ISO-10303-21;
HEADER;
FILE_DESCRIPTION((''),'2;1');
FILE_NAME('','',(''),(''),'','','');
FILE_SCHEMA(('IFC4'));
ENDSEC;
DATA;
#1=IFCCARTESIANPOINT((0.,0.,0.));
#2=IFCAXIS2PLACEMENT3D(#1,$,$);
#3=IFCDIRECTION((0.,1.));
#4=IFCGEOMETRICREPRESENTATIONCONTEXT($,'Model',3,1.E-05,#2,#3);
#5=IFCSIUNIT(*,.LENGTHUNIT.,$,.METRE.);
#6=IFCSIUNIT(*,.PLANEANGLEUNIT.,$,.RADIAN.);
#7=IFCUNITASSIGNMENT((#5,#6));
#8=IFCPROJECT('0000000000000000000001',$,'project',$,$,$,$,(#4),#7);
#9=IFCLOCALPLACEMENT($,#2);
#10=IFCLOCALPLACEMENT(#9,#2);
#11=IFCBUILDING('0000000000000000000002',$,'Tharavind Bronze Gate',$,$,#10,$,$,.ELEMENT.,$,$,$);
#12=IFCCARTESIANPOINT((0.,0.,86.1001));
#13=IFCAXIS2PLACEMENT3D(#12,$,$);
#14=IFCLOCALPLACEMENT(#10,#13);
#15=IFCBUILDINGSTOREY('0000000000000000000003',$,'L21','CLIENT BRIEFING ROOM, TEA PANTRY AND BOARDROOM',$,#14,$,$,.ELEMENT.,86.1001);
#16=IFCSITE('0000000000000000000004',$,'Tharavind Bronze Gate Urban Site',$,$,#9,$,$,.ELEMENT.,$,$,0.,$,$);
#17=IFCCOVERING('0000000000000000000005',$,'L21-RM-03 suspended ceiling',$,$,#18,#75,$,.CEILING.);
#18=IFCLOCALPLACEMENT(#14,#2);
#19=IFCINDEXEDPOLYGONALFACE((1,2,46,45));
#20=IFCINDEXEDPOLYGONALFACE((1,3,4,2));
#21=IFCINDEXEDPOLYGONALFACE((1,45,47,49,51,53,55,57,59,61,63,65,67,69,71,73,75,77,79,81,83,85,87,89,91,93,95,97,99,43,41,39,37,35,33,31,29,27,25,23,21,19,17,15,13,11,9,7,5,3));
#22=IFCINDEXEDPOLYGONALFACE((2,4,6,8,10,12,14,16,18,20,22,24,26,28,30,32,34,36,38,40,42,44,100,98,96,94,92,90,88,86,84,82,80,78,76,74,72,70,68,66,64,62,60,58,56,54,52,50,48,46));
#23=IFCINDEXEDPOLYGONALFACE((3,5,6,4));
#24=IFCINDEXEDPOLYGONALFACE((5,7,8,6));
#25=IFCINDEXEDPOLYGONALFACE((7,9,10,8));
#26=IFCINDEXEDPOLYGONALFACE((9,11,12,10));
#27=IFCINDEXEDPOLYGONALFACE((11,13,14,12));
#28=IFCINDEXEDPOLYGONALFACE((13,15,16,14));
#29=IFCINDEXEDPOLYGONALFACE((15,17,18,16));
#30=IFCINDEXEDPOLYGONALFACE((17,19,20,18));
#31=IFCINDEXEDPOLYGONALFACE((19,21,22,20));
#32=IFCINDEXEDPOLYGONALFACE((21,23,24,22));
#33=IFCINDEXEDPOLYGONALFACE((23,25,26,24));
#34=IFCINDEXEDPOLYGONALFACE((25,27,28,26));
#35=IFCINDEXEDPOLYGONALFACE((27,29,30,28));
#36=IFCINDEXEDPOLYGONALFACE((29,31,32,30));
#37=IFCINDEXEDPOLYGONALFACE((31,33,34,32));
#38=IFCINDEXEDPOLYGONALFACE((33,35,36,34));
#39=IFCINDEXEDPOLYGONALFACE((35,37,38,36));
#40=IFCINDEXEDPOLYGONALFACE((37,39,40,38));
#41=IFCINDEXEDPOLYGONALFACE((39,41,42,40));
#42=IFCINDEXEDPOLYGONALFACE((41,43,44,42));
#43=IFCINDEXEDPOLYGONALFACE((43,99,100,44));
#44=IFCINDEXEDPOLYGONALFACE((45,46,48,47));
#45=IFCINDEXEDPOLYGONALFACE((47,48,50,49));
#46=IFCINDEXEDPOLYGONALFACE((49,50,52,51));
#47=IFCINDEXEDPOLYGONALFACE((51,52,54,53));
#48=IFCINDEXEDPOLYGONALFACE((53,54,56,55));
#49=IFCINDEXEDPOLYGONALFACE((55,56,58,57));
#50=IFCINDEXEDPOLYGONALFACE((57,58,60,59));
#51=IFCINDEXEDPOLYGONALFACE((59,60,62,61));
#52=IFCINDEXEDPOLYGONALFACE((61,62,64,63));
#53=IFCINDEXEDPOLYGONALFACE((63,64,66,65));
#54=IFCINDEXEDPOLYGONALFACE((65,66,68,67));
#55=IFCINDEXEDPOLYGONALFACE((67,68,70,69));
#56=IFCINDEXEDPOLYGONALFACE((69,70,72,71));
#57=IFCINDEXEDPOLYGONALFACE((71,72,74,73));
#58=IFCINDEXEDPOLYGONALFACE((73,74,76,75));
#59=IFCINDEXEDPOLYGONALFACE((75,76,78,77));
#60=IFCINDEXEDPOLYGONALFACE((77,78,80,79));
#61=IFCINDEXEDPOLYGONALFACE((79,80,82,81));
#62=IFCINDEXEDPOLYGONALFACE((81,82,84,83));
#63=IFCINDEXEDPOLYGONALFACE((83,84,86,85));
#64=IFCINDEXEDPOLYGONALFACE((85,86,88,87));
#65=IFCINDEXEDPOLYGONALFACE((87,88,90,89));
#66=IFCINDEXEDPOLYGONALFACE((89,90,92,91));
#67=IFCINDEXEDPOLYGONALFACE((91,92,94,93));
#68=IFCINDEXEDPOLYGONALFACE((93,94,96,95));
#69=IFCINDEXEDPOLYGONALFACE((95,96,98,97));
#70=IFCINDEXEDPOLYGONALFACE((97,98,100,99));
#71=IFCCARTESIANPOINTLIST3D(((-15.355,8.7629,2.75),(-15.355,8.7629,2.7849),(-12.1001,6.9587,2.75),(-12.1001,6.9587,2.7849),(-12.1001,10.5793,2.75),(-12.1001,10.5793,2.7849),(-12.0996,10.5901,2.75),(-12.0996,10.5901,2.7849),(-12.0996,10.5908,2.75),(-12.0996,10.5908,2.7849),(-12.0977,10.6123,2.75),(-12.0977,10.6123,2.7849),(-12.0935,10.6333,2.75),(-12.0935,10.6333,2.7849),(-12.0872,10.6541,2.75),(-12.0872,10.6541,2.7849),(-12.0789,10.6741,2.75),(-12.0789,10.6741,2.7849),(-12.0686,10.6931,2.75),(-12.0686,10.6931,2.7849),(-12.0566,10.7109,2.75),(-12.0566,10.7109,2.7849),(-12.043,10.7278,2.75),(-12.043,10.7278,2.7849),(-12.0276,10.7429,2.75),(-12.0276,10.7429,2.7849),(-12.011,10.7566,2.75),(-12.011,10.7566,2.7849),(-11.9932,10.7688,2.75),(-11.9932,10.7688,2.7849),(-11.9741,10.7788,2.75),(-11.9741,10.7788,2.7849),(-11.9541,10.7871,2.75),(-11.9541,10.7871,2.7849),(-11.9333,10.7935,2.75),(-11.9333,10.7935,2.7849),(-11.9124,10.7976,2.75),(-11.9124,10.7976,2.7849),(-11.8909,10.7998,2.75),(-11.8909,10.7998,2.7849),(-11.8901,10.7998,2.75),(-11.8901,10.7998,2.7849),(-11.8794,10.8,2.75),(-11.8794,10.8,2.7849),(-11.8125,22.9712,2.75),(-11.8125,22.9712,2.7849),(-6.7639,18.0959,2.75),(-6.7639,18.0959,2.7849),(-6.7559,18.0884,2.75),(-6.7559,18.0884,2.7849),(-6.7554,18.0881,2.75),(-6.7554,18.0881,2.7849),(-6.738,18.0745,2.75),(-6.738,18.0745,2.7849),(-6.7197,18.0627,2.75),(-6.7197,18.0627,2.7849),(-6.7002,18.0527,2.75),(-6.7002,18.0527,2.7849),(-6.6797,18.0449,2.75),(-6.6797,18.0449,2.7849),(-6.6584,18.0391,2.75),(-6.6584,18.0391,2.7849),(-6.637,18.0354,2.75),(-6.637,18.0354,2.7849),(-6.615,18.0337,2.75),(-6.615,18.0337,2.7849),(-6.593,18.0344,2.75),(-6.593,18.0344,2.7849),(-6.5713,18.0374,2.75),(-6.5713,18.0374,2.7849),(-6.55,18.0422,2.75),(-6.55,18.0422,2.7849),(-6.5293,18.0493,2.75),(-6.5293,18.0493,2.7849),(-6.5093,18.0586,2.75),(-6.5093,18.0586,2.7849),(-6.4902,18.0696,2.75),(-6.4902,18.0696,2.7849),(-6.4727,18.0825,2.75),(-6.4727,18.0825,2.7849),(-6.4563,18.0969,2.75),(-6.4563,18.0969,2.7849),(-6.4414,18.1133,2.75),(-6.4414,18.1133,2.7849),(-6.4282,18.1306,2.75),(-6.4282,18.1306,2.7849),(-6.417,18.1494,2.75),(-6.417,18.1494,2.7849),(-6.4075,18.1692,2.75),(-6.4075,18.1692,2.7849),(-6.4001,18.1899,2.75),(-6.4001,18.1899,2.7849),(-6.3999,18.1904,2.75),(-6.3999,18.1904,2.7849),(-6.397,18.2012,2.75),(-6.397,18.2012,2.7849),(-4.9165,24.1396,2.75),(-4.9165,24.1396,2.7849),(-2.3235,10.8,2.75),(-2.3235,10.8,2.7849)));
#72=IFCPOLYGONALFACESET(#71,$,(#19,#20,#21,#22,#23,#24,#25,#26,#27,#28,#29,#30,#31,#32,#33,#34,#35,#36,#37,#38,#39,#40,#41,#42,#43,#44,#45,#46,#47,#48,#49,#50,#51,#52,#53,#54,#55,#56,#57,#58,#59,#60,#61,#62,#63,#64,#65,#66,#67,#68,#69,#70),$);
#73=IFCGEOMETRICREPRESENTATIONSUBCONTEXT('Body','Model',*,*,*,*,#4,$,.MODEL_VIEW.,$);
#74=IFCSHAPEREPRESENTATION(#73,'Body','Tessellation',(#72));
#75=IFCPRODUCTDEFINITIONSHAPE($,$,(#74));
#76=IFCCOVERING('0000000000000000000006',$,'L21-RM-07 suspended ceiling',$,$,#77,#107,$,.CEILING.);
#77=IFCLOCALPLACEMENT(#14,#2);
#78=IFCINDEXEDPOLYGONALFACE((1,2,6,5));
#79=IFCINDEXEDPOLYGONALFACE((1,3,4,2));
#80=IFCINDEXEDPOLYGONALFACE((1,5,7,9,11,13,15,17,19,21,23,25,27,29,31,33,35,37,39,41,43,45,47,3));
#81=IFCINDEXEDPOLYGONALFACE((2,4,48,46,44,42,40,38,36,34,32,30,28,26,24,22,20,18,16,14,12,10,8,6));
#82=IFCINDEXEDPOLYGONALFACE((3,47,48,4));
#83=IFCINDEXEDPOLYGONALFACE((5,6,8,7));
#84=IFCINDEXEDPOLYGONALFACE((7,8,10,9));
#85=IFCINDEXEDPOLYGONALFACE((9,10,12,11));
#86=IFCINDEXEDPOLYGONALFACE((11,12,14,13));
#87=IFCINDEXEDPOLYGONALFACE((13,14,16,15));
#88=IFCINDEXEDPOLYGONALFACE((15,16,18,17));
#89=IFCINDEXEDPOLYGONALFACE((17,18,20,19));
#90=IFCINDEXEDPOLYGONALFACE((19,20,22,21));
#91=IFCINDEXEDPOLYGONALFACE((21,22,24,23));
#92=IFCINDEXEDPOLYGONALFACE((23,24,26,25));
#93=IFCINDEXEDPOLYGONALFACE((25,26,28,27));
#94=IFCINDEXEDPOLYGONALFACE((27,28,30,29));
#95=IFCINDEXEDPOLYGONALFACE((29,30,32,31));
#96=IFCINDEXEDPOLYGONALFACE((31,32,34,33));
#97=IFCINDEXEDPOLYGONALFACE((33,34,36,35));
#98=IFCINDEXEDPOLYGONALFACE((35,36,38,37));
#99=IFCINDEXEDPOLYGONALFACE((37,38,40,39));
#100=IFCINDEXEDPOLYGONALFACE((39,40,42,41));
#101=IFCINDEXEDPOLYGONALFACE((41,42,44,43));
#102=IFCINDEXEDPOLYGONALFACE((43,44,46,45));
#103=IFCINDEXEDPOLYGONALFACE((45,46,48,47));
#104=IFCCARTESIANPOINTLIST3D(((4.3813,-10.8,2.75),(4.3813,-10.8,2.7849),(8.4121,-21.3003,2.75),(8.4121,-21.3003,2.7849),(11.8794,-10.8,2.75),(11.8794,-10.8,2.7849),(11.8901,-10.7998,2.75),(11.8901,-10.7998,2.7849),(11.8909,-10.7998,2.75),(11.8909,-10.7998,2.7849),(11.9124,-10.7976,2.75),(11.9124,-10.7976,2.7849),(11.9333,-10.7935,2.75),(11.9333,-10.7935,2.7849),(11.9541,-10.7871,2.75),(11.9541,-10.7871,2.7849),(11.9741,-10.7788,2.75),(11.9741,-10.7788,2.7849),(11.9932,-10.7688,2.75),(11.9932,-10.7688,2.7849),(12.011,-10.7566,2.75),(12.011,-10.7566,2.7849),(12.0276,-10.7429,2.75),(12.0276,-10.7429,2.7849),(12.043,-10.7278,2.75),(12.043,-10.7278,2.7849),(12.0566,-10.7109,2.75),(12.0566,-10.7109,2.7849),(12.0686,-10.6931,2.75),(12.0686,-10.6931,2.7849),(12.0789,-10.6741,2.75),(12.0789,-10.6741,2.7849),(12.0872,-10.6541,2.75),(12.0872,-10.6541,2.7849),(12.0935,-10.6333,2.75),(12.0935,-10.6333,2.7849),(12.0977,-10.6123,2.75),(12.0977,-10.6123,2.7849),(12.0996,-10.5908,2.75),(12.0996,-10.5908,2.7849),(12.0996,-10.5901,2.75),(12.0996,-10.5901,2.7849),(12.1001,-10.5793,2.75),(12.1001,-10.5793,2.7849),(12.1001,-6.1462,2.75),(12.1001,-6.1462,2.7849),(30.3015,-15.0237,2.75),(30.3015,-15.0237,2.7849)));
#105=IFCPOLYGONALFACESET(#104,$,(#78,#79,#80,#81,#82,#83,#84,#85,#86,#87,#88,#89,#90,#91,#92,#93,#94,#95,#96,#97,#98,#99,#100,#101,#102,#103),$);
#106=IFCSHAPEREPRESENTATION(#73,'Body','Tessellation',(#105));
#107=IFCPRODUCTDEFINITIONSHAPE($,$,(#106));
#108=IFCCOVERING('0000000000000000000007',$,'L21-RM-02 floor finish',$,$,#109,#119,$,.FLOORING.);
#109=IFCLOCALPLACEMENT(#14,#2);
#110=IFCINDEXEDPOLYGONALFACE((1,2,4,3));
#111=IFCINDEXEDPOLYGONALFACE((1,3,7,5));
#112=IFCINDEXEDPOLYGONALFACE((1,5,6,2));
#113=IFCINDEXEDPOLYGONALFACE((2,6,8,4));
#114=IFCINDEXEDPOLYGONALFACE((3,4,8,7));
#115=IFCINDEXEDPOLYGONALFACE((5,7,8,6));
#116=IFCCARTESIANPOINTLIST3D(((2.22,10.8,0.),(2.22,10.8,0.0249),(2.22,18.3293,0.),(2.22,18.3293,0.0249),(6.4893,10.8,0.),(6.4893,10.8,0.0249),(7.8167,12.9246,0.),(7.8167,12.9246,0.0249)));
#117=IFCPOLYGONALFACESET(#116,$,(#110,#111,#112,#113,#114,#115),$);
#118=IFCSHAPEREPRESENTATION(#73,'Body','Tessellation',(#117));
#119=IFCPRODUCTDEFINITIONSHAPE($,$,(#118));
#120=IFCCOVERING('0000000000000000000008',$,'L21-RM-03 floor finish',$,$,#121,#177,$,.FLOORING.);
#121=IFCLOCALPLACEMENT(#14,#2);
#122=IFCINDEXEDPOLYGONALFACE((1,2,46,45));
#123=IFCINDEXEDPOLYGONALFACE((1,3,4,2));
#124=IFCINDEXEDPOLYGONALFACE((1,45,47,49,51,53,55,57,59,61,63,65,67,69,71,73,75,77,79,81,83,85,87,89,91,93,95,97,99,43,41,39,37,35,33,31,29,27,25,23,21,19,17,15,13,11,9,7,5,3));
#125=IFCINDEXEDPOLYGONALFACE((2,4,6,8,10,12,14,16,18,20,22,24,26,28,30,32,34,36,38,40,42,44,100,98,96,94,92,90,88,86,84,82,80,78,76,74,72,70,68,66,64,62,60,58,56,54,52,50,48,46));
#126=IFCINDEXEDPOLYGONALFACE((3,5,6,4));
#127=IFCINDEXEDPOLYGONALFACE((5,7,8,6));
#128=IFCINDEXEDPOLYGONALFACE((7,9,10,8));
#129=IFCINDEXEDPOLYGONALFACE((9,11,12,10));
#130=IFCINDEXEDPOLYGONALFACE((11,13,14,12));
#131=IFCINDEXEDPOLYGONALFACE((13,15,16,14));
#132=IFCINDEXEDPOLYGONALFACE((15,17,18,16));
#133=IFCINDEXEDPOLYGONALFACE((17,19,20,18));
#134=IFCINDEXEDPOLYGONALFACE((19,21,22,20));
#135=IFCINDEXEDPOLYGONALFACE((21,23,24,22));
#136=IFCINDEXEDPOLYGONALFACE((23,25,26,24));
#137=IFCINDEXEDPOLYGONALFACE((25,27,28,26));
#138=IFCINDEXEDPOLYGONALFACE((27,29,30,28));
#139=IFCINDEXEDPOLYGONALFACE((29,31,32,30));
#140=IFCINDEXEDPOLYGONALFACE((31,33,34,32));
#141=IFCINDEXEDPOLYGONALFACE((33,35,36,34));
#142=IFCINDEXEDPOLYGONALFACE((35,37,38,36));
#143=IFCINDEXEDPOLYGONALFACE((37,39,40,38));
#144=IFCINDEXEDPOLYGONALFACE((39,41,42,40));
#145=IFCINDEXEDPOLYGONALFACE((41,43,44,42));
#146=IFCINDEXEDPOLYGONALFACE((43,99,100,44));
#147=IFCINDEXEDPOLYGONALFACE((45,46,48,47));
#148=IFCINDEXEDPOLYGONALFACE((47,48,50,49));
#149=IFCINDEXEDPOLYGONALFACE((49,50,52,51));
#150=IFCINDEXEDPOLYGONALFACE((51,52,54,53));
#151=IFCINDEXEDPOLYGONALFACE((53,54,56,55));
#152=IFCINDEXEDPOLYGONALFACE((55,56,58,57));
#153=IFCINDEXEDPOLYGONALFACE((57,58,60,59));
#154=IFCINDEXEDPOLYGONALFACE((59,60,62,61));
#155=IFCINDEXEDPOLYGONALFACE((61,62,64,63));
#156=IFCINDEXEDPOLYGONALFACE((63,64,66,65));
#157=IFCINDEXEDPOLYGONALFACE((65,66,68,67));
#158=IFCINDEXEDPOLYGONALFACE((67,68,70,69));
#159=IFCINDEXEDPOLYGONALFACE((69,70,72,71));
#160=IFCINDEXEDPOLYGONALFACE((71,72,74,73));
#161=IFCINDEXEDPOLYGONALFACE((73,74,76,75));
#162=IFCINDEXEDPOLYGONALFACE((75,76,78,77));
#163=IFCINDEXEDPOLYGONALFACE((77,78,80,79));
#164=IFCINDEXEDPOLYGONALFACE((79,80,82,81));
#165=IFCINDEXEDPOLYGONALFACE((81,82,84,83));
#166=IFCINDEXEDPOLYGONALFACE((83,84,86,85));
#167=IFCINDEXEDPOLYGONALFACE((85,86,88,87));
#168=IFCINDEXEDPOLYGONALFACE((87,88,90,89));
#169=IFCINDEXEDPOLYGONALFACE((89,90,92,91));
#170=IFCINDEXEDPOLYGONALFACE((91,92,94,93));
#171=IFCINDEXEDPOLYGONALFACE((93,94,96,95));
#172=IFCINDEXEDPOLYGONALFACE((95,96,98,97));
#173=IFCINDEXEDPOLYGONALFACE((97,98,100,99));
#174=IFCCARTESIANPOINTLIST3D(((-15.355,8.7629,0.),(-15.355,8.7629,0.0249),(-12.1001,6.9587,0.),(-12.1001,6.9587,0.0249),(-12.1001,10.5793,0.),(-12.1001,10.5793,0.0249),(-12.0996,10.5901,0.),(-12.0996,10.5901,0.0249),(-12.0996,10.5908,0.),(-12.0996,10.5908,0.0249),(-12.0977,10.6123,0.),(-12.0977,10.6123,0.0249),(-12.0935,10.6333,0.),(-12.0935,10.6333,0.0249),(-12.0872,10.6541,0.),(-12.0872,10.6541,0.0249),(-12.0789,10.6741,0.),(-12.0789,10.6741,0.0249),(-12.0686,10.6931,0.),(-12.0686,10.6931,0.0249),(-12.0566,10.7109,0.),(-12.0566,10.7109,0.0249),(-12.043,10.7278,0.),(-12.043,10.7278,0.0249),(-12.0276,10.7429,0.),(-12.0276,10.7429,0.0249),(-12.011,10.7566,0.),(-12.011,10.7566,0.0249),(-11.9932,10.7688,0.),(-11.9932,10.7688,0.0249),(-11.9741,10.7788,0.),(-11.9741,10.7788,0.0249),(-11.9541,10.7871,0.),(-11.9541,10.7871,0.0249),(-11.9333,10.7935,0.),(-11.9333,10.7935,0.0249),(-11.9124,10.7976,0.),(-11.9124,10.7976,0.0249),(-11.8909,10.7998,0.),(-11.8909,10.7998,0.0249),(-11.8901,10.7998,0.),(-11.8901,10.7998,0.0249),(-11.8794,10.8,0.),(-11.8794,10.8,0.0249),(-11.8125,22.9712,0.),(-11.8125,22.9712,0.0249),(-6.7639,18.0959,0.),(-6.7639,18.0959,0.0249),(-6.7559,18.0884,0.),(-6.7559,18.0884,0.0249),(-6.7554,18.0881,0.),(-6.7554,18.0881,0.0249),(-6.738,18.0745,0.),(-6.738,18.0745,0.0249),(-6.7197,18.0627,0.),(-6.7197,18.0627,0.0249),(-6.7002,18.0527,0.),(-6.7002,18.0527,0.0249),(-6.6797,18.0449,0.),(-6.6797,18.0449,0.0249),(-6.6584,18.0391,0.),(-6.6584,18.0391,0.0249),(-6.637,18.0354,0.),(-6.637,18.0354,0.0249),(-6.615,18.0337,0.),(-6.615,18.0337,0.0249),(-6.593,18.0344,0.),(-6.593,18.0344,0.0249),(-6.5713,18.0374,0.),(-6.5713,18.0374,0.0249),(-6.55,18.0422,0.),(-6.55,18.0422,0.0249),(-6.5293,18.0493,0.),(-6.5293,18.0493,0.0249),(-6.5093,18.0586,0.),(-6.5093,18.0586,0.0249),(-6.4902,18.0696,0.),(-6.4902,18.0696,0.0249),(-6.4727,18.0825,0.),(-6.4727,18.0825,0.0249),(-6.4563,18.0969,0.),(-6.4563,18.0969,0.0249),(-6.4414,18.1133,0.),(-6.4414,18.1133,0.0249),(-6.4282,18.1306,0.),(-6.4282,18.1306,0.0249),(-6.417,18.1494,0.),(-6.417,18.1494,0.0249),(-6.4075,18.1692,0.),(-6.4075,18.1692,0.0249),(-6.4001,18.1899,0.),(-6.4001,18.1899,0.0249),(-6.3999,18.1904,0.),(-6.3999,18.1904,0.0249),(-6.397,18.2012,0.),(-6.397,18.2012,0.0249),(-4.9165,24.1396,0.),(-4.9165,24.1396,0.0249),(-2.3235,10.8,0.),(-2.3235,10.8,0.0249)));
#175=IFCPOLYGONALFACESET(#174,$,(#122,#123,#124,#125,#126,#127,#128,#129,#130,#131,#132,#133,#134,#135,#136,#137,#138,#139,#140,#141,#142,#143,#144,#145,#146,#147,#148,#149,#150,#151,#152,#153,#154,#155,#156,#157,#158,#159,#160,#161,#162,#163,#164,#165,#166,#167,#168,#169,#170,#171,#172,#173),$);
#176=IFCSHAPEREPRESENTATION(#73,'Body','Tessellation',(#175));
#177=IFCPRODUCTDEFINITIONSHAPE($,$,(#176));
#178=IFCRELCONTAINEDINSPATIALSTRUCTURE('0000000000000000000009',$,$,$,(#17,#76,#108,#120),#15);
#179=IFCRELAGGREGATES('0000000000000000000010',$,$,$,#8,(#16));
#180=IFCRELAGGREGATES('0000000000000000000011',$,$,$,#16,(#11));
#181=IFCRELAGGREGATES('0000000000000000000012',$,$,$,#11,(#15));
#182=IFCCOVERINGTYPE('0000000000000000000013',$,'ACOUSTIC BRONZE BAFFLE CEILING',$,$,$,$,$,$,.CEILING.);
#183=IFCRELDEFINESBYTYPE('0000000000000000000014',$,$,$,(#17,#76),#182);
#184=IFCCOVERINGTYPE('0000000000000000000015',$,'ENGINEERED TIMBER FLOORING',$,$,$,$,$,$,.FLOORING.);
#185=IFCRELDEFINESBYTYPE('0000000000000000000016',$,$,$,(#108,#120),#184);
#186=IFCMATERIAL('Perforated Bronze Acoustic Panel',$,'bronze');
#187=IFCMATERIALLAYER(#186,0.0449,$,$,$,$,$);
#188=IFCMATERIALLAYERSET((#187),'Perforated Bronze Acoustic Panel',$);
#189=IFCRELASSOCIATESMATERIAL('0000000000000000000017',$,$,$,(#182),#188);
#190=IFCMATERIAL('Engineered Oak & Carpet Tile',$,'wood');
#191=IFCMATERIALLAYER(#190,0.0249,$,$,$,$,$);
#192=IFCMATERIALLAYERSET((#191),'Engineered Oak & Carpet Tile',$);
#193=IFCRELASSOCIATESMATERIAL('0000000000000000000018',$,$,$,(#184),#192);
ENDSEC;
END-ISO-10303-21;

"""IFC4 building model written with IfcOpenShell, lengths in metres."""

from ifc_helpers import new_model, si_unit, direction, frame, origin, place, context, subcontext, project, spatial, polyline, outline, extrude, material, layer, layer_set, type_object, element, save


model = new_model("IFC4")

# Units and contexts
model_context = context("Model", 3, precision=1e-05, world=origin(), true_north=direction((0.0, 1.0)))
body_context = subcontext(model_context, "Body", "Model", "MODEL_VIEW")
ifc_project = project(units=[si_unit("LENGTHUNIT", "METRE"), si_unit("PLANEANGLEUNIT", "RADIAN")], contexts=[model_context])

# Site, building, storey
site_placement = place(None, origin())
site = spatial("IfcSite", under=ifc_project, at=site_placement, Name="Tharavind Bronze Gate Urban Site", CompositionType="ELEMENT", RefElevation=0.0)
building_placement = place(site_placement, origin())
building = spatial("IfcBuilding", under=site, at=building_placement, Name="Tharavind Bronze Gate", CompositionType="ELEMENT")
storey_placement = place(building_placement, frame((0.0, 0.0, 86.1001)))
storey = spatial("IfcBuildingStorey", under=building, at=storey_placement, Name="L21", Description="CLIENT BRIEFING ROOM, TEA PANTRY AND BOARDROOM", CompositionType="ELEMENT", Elevation=86.1001)

# Coverings
ifc_material_1 = material(Name="Perforated Bronze Acoustic Panel", Category="bronze")
ifc_layer_1 = layer(ifc_material_1, 0.0449)
ifc_layer_set_1 = layer_set([ifc_layer_1], Name="Perforated Bronze Acoustic Panel")
covering_type_1 = type_object("IfcCoveringType", Name="ACOUSTIC BRONZE BAFFLE CEILING", PredefinedType="CEILING", material=ifc_layer_set_1)
covering_1_placement = place(storey_placement, frame((0.0, 0.0, 2.75)))
element("IfcCovering", 1, at=covering_1_placement, inside=storey, type_object=covering_type_1, Name="L21-RM-03 suspended ceiling", PredefinedType="CEILING", context=body_context, shape_type="SweptSolid", body=[
    extrude(outline(polyline([(-12.1001, 6.9587), (-12.1001, 10.5793), (-12.0996, 10.5901), (-12.0996, 10.5908), (-12.0977, 10.6123), (-12.0935, 10.6333), (-12.0872, 10.6541), (-12.0789, 10.6741), (-12.0686, 10.6931), (-12.0566, 10.7109), (-12.043, 10.7278), (-12.0276, 10.7429), (-12.011, 10.7566), (-11.9932, 10.7688), (-11.9741, 10.7788), (-11.9541, 10.7871), (-11.9333, 10.7935), (-11.9124, 10.7976), (-11.8909, 10.7998), (-11.8901, 10.7998), (-11.8794, 10.8), (-2.3235, 10.8), (-4.9165, 24.1396), (-6.397, 18.2012), (-6.3999, 18.1904), (-6.4001, 18.1899), (-6.4075, 18.1692), (-6.417, 18.1494), (-6.4282, 18.1306), (-6.4414, 18.1133), (-6.4563, 18.0969), (-6.4727, 18.0825), (-6.4902, 18.0696), (-6.5093, 18.0586), (-6.5293, 18.0493), (-6.55, 18.0422), (-6.5713, 18.0374), (-6.593, 18.0344), (-6.615, 18.0337), (-6.637, 18.0354), (-6.6584, 18.0391), (-6.6797, 18.0449), (-6.7002, 18.0527), (-6.7197, 18.0627), (-6.738, 18.0745), (-6.7554, 18.0881), (-6.7559, 18.0884), (-6.7639, 18.0959), (-11.8125, 22.9712), (-15.355, 8.7629), (-12.1001, 6.9587)])), origin(), (0.0, 0.0, 1.0), 0.0349),
])
covering_2_placement = place(storey_placement, frame((0.0, 0.0, 2.75)))
element("IfcCovering", 2, at=covering_2_placement, inside=storey, type_object=covering_type_1, Name="L21-RM-07 suspended ceiling", PredefinedType="CEILING", context=body_context, shape_type="SweptSolid", body=[
    extrude(outline(polyline([(8.4121, -21.3003), (30.3015, -15.0237), (12.1001, -6.1462), (12.1001, -10.5793), (12.0996, -10.5901), (12.0996, -10.5908), (12.0977, -10.6123), (12.0935, -10.6333), (12.0872, -10.6541), (12.0789, -10.6741), (12.0686, -10.6931), (12.0566, -10.7109), (12.043, -10.7278), (12.0276, -10.7429), (12.011, -10.7566), (11.9932, -10.7688), (11.9741, -10.7788), (11.9541, -10.7871), (11.9333, -10.7935), (11.9124, -10.7976), (11.8909, -10.7998), (11.8901, -10.7998), (11.8794, -10.8), (4.3813, -10.8), (8.4121, -21.3003)])), origin(), (0.0, 0.0, 1.0), 0.0349),
])
ifc_material_2 = material(Name="Engineered Oak & Carpet Tile", Category="wood")
ifc_layer_2 = layer(ifc_material_2, 0.0249)
ifc_layer_set_2 = layer_set([ifc_layer_2], Name="Engineered Oak & Carpet Tile")
covering_type_2 = type_object("IfcCoveringType", Name="ENGINEERED TIMBER FLOORING", PredefinedType="FLOORING", material=ifc_layer_set_2)
covering_3_placement = place(storey_placement, origin())
element("IfcCovering", 3, at=covering_3_placement, inside=storey, type_object=covering_type_2, Name="L21-RM-02 floor finish", PredefinedType="FLOORING", context=body_context, shape_type="SweptSolid", body=[
    extrude(outline(polyline([(2.22, 10.8), (6.4893, 10.8), (7.8167, 12.9246), (2.22, 18.3293), (2.22, 10.8)])), origin(), (0.0, 0.0, 1.0), 0.0249),
])
covering_4_placement = place(storey_placement, origin())
element("IfcCovering", 4, at=covering_4_placement, inside=storey, type_object=covering_type_2, Name="L21-RM-03 floor finish", PredefinedType="FLOORING", context=body_context, shape_type="SweptSolid", body=[
    extrude(outline(polyline([(-12.1001, 6.9587), (-12.1001, 10.5793), (-12.0996, 10.5901), (-12.0996, 10.5908), (-12.0977, 10.6123), (-12.0935, 10.6333), (-12.0872, 10.6541), (-12.0789, 10.6741), (-12.0686, 10.6931), (-12.0566, 10.7109), (-12.043, 10.7278), (-12.0276, 10.7429), (-12.011, 10.7566), (-11.9932, 10.7688), (-11.9741, 10.7788), (-11.9541, 10.7871), (-11.9333, 10.7935), (-11.9124, 10.7976), (-11.8909, 10.7998), (-11.8901, 10.7998), (-11.8794, 10.8), (-2.3235, 10.8), (-4.9165, 24.1396), (-6.397, 18.2012), (-6.3999, 18.1904), (-6.4001, 18.1899), (-6.4075, 18.1692), (-6.417, 18.1494), (-6.4282, 18.1306), (-6.4414, 18.1133), (-6.4563, 18.0969), (-6.4727, 18.0825), (-6.4902, 18.0696), (-6.5093, 18.0586), (-6.5293, 18.0493), (-6.55, 18.0422), (-6.5713, 18.0374), (-6.593, 18.0344), (-6.615, 18.0337), (-6.637, 18.0354), (-6.6584, 18.0391), (-6.6797, 18.0449), (-6.7002, 18.0527), (-6.7197, 18.0627), (-6.738, 18.0745), (-6.7554, 18.0881), (-6.7559, 18.0884), (-6.7639, 18.0959), (-11.8125, 22.9712), (-15.355, 8.7629), (-12.1001, 6.9587)])), origin(), (0.0, 0.0, 1.0), 0.0249),
])

save(model, "model.ifc")
